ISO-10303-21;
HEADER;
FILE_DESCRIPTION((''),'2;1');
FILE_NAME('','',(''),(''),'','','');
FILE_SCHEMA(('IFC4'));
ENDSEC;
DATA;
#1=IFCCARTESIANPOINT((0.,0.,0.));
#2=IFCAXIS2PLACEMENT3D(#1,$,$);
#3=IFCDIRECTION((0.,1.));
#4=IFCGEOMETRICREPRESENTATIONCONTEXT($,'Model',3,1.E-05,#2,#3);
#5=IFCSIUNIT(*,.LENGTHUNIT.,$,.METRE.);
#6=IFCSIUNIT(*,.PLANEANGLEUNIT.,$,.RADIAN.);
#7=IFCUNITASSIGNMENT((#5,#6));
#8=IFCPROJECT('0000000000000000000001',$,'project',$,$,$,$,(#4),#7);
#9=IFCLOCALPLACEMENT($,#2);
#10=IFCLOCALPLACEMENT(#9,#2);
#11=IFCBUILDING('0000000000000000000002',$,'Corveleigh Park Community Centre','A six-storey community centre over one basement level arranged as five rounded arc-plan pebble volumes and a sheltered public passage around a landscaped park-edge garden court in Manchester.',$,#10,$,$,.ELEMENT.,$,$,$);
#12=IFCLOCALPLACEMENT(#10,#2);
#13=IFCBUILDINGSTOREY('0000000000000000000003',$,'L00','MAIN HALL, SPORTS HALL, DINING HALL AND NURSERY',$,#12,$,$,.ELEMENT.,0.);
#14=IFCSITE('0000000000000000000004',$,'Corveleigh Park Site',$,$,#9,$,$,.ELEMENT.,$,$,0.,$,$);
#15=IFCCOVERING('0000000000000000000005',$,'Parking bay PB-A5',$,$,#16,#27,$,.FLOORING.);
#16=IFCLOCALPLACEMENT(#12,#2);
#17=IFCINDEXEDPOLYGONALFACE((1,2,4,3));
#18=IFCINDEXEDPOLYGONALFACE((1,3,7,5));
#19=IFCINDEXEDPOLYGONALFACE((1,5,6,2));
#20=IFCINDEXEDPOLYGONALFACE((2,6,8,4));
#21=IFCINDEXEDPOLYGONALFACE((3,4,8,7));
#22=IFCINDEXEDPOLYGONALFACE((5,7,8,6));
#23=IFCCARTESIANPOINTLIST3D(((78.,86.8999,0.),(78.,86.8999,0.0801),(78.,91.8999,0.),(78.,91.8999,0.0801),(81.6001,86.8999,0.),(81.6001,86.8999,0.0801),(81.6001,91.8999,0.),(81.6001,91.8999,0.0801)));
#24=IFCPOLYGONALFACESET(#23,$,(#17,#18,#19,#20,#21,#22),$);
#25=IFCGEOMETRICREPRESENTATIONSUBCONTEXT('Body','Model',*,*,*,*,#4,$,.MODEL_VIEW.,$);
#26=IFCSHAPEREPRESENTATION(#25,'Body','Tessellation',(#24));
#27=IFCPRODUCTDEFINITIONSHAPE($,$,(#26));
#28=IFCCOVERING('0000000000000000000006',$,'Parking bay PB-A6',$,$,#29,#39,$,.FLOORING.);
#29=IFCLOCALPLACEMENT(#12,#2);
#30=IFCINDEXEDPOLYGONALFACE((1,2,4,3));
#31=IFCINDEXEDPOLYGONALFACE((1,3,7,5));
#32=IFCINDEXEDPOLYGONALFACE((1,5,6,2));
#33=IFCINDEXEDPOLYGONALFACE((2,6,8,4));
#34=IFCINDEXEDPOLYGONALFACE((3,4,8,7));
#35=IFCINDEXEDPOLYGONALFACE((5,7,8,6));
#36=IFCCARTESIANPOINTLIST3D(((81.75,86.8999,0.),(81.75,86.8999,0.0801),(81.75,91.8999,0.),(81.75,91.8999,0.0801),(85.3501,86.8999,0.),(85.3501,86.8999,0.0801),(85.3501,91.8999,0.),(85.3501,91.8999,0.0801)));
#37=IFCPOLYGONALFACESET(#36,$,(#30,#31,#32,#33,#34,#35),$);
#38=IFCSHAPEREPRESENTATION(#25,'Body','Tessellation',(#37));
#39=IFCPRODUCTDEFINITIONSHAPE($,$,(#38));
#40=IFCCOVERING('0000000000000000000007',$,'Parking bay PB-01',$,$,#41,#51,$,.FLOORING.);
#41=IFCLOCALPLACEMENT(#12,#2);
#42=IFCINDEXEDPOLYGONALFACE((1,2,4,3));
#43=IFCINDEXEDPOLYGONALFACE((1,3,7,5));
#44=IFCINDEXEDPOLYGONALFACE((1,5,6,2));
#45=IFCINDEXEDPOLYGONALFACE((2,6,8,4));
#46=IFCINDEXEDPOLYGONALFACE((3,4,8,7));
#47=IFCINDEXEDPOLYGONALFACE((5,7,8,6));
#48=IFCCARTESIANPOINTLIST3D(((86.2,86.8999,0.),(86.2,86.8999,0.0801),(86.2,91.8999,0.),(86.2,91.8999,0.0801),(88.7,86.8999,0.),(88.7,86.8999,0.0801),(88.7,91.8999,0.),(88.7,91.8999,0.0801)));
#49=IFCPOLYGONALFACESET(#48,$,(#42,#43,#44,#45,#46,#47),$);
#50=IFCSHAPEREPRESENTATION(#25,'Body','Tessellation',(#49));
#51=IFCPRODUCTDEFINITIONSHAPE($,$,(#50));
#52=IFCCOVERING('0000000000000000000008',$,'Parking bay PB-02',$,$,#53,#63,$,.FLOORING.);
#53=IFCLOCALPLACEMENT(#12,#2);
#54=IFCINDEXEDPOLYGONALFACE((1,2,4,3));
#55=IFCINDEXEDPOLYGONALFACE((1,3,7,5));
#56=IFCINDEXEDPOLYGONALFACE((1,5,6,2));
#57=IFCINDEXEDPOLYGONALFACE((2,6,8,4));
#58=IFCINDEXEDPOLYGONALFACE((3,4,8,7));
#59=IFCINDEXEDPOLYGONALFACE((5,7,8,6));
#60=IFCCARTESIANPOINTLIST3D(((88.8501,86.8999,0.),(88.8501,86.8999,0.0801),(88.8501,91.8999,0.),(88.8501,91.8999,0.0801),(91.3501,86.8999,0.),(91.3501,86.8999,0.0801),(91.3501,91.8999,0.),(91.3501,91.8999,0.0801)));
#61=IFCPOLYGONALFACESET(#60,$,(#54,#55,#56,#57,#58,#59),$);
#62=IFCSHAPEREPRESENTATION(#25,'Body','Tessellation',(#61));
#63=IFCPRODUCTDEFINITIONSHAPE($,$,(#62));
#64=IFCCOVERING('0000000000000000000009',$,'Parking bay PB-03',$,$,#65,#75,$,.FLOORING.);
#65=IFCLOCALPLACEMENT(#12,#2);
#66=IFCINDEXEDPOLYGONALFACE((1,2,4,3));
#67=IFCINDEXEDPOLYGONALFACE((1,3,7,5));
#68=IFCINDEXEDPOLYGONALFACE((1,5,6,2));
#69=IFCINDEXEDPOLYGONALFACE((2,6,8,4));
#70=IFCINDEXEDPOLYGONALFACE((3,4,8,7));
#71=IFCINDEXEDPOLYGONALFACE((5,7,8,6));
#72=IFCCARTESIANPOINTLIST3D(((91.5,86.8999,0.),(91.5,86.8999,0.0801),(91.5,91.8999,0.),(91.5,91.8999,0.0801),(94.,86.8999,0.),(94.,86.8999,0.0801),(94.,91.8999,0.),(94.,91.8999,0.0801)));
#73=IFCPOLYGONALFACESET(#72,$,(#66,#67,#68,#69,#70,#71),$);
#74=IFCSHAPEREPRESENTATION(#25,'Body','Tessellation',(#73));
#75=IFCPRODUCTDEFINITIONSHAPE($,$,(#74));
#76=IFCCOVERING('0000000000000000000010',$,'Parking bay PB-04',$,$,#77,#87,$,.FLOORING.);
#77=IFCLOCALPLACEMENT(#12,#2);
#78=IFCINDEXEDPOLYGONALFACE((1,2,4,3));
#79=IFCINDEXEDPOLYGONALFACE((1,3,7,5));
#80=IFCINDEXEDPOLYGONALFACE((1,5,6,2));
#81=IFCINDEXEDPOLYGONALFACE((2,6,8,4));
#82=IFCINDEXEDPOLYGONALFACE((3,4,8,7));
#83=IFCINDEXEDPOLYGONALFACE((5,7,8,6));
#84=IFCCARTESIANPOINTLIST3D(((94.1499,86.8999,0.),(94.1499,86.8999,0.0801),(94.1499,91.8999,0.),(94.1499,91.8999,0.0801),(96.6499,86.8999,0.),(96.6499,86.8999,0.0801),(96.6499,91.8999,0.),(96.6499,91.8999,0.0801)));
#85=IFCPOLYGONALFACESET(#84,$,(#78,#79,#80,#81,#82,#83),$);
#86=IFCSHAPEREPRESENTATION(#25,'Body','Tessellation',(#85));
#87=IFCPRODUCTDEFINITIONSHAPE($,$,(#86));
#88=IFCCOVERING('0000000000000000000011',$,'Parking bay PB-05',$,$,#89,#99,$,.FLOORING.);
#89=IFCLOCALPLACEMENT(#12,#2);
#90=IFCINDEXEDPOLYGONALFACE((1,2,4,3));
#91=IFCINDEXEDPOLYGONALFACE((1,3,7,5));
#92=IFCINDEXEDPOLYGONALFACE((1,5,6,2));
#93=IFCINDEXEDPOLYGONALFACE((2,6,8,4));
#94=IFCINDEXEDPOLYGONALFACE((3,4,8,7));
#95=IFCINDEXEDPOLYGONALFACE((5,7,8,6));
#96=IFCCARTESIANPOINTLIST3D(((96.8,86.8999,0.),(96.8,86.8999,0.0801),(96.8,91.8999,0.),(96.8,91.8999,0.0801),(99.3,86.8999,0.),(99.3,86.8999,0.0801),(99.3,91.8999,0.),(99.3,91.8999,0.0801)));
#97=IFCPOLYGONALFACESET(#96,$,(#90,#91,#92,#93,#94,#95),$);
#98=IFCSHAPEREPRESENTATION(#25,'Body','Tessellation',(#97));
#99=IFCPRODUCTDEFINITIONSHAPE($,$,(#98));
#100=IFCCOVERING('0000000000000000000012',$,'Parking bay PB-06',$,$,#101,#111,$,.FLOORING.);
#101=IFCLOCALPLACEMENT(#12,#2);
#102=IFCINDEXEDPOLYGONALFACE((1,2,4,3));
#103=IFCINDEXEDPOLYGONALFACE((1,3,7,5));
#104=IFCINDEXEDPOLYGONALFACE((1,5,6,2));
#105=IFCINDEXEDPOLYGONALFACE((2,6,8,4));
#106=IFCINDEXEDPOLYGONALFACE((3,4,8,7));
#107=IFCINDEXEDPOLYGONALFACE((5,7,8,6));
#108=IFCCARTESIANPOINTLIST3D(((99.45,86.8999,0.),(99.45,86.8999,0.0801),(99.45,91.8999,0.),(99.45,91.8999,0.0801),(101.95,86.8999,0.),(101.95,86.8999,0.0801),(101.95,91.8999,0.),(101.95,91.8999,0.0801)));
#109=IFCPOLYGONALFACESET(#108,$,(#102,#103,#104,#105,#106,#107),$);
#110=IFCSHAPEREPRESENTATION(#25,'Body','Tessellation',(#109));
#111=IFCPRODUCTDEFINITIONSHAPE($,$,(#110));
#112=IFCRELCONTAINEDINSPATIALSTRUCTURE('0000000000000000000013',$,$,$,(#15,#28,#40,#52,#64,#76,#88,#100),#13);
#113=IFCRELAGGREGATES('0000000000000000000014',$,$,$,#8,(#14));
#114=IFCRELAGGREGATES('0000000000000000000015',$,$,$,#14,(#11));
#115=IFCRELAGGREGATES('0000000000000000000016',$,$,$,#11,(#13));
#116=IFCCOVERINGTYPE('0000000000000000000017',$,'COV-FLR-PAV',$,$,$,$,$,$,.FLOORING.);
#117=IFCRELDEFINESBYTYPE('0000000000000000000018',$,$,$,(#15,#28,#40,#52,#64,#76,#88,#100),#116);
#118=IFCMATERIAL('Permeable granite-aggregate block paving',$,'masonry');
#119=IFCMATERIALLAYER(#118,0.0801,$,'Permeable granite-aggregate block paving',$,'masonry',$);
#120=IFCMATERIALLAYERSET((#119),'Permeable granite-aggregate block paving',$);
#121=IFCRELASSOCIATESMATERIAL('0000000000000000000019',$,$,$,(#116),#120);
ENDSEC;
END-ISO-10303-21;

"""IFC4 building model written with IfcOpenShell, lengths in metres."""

from ifc_helpers import new_model, si_unit, direction, origin, place, context, subcontext, project, spatial, polyline, outline, extrude, material, layer, layer_set, type_object, element, save


model = new_model("IFC4")

# Units and contexts
model_context = context("Model", 3, precision=1e-05, world=origin(), true_north=direction((0.0, 1.0)))
body_context = subcontext(model_context, "Body", "Model", "MODEL_VIEW")
ifc_project = project(units=[si_unit("LENGTHUNIT", "METRE"), si_unit("PLANEANGLEUNIT", "RADIAN")], contexts=[model_context])

# Site, building, storey
site_placement = place(None, origin())
site = spatial("IfcSite", under=ifc_project, at=site_placement, Name="Corveleigh Park Site", CompositionType="ELEMENT", RefElevation=0.0)
building_placement = place(site_placement, origin())
building = spatial("IfcBuilding", under=site, at=building_placement, Name="Corveleigh Park Community Centre", Description="A six-storey community centre over one basement level arranged as five rounded arc-plan pebble volumes and a sheltered public passage around a landscaped park-edge garden court in Manchester.", CompositionType="ELEMENT")
storey_placement = place(building_placement, origin())
storey = spatial("IfcBuildingStorey", under=building, at=storey_placement, Name="L00", Description="MAIN HALL, SPORTS HALL, DINING HALL AND NURSERY", CompositionType="ELEMENT", Elevation=0.0)

# Coverings
ifc_material_1 = material(Name="Permeable granite-aggregate block paving", Category="masonry")
ifc_layer_1 = layer(ifc_material_1, 0.0801, Name="Permeable granite-aggregate block paving", Category="masonry")
ifc_layer_set_1 = layer_set([ifc_layer_1], Name="Permeable granite-aggregate block paving")
covering_type_1 = type_object("IfcCoveringType", Name="COV-FLR-PAV", PredefinedType="FLOORING", material=ifc_layer_set_1)
covering_1_placement = place(storey_placement, origin())
element("IfcCovering", 1, at=covering_1_placement, inside=storey, type_object=covering_type_1, Name="Parking bay PB-A5", PredefinedType="FLOORING", context=body_context, shape_type="SweptSolid", body=[
    extrude(outline(polyline([(78.0, 86.8999), (81.6001, 86.8999), (81.6001, 91.8999), (78.0, 91.8999), (78.0, 86.8999)])), origin(), (0.0, 0.0, 1.0), 0.0801),
])
covering_2_placement = place(storey_placement, origin())
element("IfcCovering", 2, at=covering_2_placement, inside=storey, type_object=covering_type_1, Name="Parking bay PB-A6", PredefinedType="FLOORING", context=body_context, shape_type="SweptSolid", body=[
    extrude(outline(polyline([(81.75, 86.8999), (85.3501, 86.8999), (85.3501, 91.8999), (81.75, 91.8999), (81.75, 86.8999)])), origin(), (0.0, 0.0, 1.0), 0.0801),
])
covering_3_placement = place(storey_placement, origin())
element("IfcCovering", 3, at=covering_3_placement, inside=storey, type_object=covering_type_1, Name="Parking bay PB-01", PredefinedType="FLOORING", context=body_context, shape_type="SweptSolid", body=[
    extrude(outline(polyline([(86.2, 86.8999), (88.7, 86.8999), (88.7, 91.8999), (86.2, 91.8999), (86.2, 86.8999)])), origin(), (0.0, 0.0, 1.0), 0.0801),
])
covering_4_placement = place(storey_placement, origin())
element("IfcCovering", 4, at=covering_4_placement, inside=storey, type_object=covering_type_1, Name="Parking bay PB-02", PredefinedType="FLOORING", context=body_context, shape_type="SweptSolid", body=[
    extrude(outline(polyline([(88.8501, 86.8999), (91.3501, 86.8999), (91.3501, 91.8999), (88.8501, 91.8999), (88.8501, 86.8999)])), origin(), (0.0, 0.0, 1.0), 0.0801),
])
covering_5_placement = place(storey_placement, origin())
element("IfcCovering", 5, at=covering_5_placement, inside=storey, type_object=covering_type_1, Name="Parking bay PB-03", PredefinedType="FLOORING", context=body_context, shape_type="SweptSolid", body=[
    extrude(outline(polyline([(91.5, 86.8999), (94.0, 86.8999), (94.0, 91.8999), (91.5, 91.8999), (91.5, 86.8999)])), origin(), (0.0, 0.0, 1.0), 0.0801),
])
covering_6_placement = place(storey_placement, origin())
element("IfcCovering", 6, at=covering_6_placement, inside=storey, type_object=covering_type_1, Name="Parking bay PB-04", PredefinedType="FLOORING", context=body_context, shape_type="SweptSolid", body=[
    extrude(outline(polyline([(94.1499, 86.8999), (96.6499, 86.8999), (96.6499, 91.8999), (94.1499, 91.8999), (94.1499, 86.8999)])), origin(), (0.0, 0.0, 1.0), 0.0801),
])
covering_7_placement = place(storey_placement, origin())
element("IfcCovering", 7, at=covering_7_placement, inside=storey, type_object=covering_type_1, Name="Parking bay PB-05", PredefinedType="FLOORING", context=body_context, shape_type="SweptSolid", body=[
    extrude(outline(polyline([(96.8, 86.8999), (99.3, 86.8999), (99.3, 91.8999), (96.8, 91.8999), (96.8, 86.8999)])), origin(), (0.0, 0.0, 1.0), 0.0801),
])
covering_8_placement = place(storey_placement, origin())
element("IfcCovering", 8, at=covering_8_placement, inside=storey, type_object=covering_type_1, Name="Parking bay PB-06", PredefinedType="FLOORING", context=body_context, shape_type="SweptSolid", body=[
    extrude(outline(polyline([(99.45, 86.8999), (101.95, 86.8999), (101.95, 91.8999), (99.45, 91.8999), (99.45, 86.8999)])), origin(), (0.0, 0.0, 1.0), 0.0801),
])

save(model, "model.ifc")
